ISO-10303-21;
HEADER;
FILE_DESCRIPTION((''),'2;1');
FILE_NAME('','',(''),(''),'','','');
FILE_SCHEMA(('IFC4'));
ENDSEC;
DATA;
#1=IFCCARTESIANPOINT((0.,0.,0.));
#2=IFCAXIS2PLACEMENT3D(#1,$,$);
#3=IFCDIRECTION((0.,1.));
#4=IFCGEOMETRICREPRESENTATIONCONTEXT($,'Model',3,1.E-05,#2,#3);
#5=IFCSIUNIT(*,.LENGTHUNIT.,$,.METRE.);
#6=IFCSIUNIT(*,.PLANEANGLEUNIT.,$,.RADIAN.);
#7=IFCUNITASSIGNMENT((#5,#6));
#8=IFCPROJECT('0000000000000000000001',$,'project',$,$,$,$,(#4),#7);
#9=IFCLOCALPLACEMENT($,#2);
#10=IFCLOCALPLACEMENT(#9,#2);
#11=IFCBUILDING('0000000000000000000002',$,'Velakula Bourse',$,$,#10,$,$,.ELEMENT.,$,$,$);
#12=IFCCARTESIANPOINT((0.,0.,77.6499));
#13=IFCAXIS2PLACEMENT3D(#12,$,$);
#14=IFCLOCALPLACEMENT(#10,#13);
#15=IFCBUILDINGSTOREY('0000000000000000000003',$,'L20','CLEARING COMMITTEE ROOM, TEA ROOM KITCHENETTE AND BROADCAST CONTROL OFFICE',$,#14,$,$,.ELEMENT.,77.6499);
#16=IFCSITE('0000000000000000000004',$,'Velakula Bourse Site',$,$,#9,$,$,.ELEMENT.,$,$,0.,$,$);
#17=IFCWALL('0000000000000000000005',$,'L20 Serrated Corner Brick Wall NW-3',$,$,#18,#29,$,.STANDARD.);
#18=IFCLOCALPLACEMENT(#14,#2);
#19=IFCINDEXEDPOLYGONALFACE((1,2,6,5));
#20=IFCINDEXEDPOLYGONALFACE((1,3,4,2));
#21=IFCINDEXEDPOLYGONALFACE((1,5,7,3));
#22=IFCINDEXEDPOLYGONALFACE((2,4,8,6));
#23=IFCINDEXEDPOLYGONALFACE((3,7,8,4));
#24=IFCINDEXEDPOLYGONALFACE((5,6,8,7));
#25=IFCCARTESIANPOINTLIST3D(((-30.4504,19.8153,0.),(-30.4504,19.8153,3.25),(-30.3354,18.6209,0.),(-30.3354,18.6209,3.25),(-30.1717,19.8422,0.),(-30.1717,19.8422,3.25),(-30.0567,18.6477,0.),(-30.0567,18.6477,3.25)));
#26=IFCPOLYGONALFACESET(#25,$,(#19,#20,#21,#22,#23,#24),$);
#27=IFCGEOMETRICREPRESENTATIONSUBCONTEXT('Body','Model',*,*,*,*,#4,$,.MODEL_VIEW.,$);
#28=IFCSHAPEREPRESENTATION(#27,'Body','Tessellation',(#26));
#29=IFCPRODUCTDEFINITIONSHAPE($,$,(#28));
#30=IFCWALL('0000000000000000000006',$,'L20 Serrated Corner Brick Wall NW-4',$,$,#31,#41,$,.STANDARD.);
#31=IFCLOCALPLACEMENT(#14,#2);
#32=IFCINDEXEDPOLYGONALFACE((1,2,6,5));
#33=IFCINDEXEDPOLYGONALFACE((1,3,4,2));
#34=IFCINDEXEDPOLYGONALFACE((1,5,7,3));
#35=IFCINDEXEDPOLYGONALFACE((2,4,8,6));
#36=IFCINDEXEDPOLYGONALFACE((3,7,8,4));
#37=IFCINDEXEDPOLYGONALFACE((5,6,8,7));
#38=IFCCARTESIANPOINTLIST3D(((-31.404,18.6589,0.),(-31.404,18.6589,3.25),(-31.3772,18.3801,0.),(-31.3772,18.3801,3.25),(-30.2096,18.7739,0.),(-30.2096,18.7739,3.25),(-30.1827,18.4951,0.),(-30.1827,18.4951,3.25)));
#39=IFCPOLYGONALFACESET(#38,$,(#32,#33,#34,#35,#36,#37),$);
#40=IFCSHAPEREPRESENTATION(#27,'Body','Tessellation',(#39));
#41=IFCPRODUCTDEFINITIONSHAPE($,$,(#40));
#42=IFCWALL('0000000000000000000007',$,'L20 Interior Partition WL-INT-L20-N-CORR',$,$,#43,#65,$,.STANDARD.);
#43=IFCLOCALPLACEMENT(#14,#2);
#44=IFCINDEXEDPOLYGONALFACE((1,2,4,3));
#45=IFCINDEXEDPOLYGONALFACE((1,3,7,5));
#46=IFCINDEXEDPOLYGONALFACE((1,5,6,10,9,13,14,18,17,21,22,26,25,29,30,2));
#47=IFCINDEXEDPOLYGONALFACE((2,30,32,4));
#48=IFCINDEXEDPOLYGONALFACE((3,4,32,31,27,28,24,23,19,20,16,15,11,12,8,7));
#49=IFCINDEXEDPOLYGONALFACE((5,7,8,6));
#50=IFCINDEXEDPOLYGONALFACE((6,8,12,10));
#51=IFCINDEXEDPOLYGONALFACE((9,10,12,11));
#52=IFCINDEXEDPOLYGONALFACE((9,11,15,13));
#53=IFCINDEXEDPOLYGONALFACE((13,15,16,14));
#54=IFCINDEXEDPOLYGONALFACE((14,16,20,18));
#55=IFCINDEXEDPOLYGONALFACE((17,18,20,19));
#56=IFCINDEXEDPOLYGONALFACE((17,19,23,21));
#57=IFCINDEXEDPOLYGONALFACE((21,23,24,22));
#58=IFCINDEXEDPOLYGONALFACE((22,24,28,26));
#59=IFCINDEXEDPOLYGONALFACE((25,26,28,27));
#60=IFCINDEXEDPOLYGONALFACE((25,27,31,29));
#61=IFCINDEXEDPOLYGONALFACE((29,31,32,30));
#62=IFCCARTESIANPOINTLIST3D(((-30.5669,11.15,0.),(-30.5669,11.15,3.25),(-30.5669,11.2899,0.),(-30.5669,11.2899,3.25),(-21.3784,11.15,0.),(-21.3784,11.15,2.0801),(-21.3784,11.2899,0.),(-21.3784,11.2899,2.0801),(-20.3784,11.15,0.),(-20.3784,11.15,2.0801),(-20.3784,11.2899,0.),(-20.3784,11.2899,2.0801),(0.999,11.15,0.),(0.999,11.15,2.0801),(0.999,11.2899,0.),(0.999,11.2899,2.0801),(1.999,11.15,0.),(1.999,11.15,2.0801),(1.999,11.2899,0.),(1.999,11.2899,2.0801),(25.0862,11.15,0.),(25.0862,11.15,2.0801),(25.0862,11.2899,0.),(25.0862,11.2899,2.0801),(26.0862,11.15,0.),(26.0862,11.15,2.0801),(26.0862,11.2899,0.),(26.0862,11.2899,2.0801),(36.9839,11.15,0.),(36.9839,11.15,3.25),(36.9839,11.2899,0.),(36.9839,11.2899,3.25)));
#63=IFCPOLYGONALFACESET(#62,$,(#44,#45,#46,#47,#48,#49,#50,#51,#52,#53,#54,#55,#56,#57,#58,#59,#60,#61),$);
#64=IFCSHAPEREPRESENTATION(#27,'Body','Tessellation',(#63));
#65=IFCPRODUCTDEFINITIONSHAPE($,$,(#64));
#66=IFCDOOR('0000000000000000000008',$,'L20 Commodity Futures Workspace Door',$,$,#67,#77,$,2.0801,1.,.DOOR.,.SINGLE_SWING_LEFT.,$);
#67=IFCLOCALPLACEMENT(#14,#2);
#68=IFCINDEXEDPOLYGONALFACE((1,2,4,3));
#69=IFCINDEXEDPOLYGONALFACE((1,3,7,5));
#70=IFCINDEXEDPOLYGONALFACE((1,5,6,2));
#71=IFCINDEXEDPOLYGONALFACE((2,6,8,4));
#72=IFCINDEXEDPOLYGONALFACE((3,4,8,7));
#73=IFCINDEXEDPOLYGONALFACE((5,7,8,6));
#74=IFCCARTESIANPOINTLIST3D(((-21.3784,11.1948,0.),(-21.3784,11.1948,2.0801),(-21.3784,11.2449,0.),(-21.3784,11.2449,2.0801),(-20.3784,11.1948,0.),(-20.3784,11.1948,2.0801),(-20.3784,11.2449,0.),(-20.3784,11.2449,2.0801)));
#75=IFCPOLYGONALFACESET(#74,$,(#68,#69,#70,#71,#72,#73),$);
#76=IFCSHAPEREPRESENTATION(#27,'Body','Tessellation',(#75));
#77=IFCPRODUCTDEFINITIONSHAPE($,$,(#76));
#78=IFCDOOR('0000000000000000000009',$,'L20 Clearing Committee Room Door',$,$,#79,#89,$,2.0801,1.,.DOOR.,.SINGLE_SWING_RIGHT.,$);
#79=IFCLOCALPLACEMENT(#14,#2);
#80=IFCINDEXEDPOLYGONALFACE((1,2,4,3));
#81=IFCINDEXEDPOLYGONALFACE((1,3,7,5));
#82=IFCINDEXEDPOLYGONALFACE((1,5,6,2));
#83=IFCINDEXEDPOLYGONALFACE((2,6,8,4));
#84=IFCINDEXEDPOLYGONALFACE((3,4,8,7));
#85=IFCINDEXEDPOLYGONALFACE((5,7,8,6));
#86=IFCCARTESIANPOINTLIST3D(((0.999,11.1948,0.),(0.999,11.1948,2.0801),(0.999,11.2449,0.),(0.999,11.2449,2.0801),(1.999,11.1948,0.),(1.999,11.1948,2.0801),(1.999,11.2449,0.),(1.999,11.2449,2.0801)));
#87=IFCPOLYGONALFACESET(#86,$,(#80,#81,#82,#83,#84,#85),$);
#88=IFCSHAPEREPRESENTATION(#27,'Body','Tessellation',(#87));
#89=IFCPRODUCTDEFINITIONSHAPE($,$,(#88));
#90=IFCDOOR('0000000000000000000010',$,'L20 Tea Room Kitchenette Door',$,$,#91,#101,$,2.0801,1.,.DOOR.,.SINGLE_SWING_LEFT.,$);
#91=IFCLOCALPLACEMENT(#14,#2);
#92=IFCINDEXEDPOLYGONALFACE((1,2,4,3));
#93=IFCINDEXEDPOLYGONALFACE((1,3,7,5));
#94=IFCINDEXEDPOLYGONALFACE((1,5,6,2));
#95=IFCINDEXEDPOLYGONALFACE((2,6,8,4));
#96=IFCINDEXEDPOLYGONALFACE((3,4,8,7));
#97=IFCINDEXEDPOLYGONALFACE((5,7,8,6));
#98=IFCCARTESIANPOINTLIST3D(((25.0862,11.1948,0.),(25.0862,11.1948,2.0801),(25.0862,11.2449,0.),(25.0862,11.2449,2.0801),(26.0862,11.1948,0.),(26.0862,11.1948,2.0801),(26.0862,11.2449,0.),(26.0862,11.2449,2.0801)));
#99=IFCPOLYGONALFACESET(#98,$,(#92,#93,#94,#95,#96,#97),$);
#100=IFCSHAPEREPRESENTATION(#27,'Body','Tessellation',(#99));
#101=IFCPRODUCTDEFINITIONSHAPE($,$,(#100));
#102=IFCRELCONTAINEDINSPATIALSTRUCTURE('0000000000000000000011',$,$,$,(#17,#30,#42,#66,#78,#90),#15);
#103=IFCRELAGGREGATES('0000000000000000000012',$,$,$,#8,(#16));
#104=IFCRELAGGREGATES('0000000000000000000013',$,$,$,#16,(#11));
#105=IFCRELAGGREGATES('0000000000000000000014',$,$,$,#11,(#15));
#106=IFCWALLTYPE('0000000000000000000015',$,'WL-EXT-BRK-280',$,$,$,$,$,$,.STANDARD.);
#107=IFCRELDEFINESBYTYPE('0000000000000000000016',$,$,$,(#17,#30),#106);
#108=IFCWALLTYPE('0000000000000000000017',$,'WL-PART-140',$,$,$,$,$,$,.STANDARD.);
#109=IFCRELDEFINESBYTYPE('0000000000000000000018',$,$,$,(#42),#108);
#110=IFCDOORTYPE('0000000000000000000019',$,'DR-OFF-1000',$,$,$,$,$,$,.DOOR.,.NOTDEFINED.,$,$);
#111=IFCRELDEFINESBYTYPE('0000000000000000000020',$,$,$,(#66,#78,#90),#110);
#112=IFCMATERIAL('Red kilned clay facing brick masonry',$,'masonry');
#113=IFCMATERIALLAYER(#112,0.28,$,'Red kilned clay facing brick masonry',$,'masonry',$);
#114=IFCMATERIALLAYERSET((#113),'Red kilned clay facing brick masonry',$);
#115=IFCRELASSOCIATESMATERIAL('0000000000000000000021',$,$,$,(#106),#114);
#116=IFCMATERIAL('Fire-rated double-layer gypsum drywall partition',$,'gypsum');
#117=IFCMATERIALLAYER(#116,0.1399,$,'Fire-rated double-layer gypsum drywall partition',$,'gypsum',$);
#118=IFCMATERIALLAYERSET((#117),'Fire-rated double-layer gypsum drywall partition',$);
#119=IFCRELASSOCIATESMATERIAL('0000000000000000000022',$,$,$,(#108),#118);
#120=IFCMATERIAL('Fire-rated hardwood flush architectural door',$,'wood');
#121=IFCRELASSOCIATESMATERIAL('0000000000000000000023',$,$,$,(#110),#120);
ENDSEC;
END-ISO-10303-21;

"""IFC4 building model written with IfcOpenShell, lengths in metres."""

from ifc_helpers import new_model, si_unit, direction, frame, frame_2d, origin, place, context, subcontext, project, spatial, rectangle, extrude, material, layer, layer_set, type_object, element, fill, save


model = new_model("IFC4")

# Units and contexts
model_context = context("Model", 3, precision=1e-05, world=origin(), true_north=direction((0.0, 1.0)))
body_context = subcontext(model_context, "Body", "Model", "MODEL_VIEW")
ifc_project = project(units=[si_unit("LENGTHUNIT", "METRE"), si_unit("PLANEANGLEUNIT", "RADIAN")], contexts=[model_context])

# Site, building, storey
site_placement = place(None, origin())
site = spatial("IfcSite", under=ifc_project, at=site_placement, Name="Velakula Bourse Site", CompositionType="ELEMENT", RefElevation=0.0)
building_placement = place(site_placement, origin())
building = spatial("IfcBuilding", under=site, at=building_placement, Name="Velakula Bourse", CompositionType="ELEMENT")
storey_placement = place(building_placement, frame((0.0, 0.0, 77.6499)))
storey = spatial("IfcBuildingStorey", under=building, at=storey_placement, Name="L20", Description="CLEARING COMMITTEE ROOM, TEA ROOM KITCHENETTE AND BROADCAST CONTROL OFFICE", CompositionType="ELEMENT", Elevation=77.6499)

# Shared definitions
ifc_material_1 = material(Name="Red kilned clay facing brick masonry", Category="masonry")
ifc_layer_1 = layer(ifc_material_1, 0.28, Name="Red kilned clay facing brick masonry", Category="masonry")
ifc_layer_set_1 = layer_set([ifc_layer_1], Name="Red kilned clay facing brick masonry")
wall_type_1 = type_object("IfcWallType", Name="WL-EXT-BRK-280", PredefinedType="STANDARD", material=ifc_layer_set_1)

# Walls
for number, where, z_axis, x_axis, name in (
    (1, (-30.311, 19.8289, 0.0), (0.0, 0.0, 1.0), (0.095836, -0.995397, 0.0), "L20 Serrated Corner Brick Wall NW-3"),
    (2, (-30.196, 18.6345, 0.0), (0.0, 0.0, 1.0), (-0.995397, -0.095836, 0.0), "L20 Serrated Corner Brick Wall NW-4"),
):
    element("IfcWall", number, at=place(storey_placement, frame(where, z_axis=z_axis, x_axis=x_axis)), inside=storey, type_object=wall_type_1, Name=name, PredefinedType="STANDARD", context=body_context, shape_type="SweptSolid", body=[
        extrude(rectangle(XDim=1.2, YDim=0.28, at=frame_2d((0.6001, 0.0))), origin(), (0.0, 0.0, 1.0), 3.25),
    ])

# Wall, openings, doors
ifc_material_2 = material(Name="Fire-rated double-layer gypsum drywall partition", Category="gypsum")
ifc_layer_2 = layer(ifc_material_2, 0.1399, Name="Fire-rated double-layer gypsum drywall partition", Category="gypsum")
ifc_layer_set_2 = layer_set([ifc_layer_2], Name="Fire-rated double-layer gypsum drywall partition")
wall_type_2 = type_object("IfcWallType", Name="WL-PART-140", PredefinedType="STANDARD", material=ifc_layer_set_2)
wall_1_placement = place(storey_placement, frame((-30.5669, 11.22, 0.0), z_axis=(0.0, 0.0, 1.0), x_axis=(1.0, 0.0, 0.0)))
wall_1 = element("IfcWall", 3, at=wall_1_placement, inside=storey, type_object=wall_type_2, Name="L20 Interior Partition WL-INT-L20-N-CORR", PredefinedType="STANDARD", context=body_context, shape_type="SweptSolid", body=[
    extrude(rectangle(XDim=67.5508, YDim=0.1399, at=frame_2d((33.7754, 0.0))), origin(), (0.0, 0.0, 1.0), 3.25),
])
opening_1_placement = place(wall_1_placement, frame((9.1885, 0.0, 0.0)))
opening_1 = element("IfcOpeningElement", 4, at=opening_1_placement, cuts=wall_1, PredefinedType="OPENING", context=body_context, shape_type="SweptSolid", body=[
    extrude(rectangle(XDim=1.0, YDim=2.0801, at=frame_2d((0.5, 1.04))), frame((0.0, 0.0798, 0.0), z_axis=(0.0, -1.0, 0.0), x_axis=(1.0, 0.0, 0.0)), (0.0, 0.0, 1.0), 0.1599),
])
opening_2_placement = place(wall_1_placement, frame((31.5659, 0.0, 0.0)))
opening_2 = element("IfcOpeningElement", 5, at=opening_2_placement, cuts=wall_1, PredefinedType="OPENING", context=body_context, shape_type="SweptSolid", body=[
    extrude(rectangle(XDim=1.0, YDim=2.0801, at=frame_2d((0.5, 1.04))), frame((0.0, 0.0798, 0.0), z_axis=(0.0, -1.0, 0.0), x_axis=(1.0, 0.0, 0.0)), (0.0, 0.0, 1.0), 0.1599),
])
opening_3_placement = place(wall_1_placement, frame((55.6531, 0.0, 0.0)))
opening_3 = element("IfcOpeningElement", 6, at=opening_3_placement, cuts=wall_1, PredefinedType="OPENING", context=body_context, shape_type="SweptSolid", body=[
    extrude(rectangle(XDim=1.0, YDim=2.0801, at=frame_2d((0.5, 1.04))), frame((0.0, 0.0798, 0.0), z_axis=(0.0, -1.0, 0.0), x_axis=(1.0, 0.0, 0.0)), (0.0, 0.0, 1.0), 0.1599),
])
ifc_material_3 = material(Name="Fire-rated hardwood flush architectural door", Category="wood")
door_type = type_object("IfcDoorType", Name="DR-OFF-1000", OperationType="NOTDEFINED", PredefinedType="DOOR", material=ifc_material_3)
door_1_placement = place(opening_1_placement, origin())
door_1 = element("IfcDoor", 7, at=door_1_placement, inside=storey, type_object=door_type, Name="L20 Commodity Futures Workspace Door", OperationType="SINGLE_SWING_LEFT", OverallHeight=2.0801, OverallWidth=1.0, PredefinedType="DOOR", context=body_context, shape_type="SweptSolid", body=[
    extrude(rectangle(XDim=1.0, YDim=2.0801, at=frame_2d((0.5, 1.04))), frame((0.0, 0.0249, 0.0), z_axis=(0.0, -1.0, 0.0), x_axis=(1.0, 0.0, 0.0)), (0.0, 0.0, 1.0), 0.05),
])
fill(opening_1, door_1)
door_2_placement = place(opening_2_placement, origin())
door_2 = element("IfcDoor", 8, at=door_2_placement, inside=storey, type_object=door_type, Name="L20 Clearing Committee Room Door", OperationType="SINGLE_SWING_RIGHT", OverallHeight=2.0801, OverallWidth=1.0, PredefinedType="DOOR", context=body_context, shape_type="SweptSolid", body=[
    extrude(rectangle(XDim=1.0, YDim=2.0801, at=frame_2d((0.5, 1.04))), frame((0.0, 0.0249, 0.0), z_axis=(0.0, -1.0, 0.0), x_axis=(1.0, 0.0, 0.0)), (0.0, 0.0, 1.0), 0.05),
])
fill(opening_2, door_2)
door_3_placement = place(opening_3_placement, origin())
door_3 = element("IfcDoor", 9, at=door_3_placement, inside=storey, type_object=door_type, Name="L20 Tea Room Kitchenette Door", OperationType="SINGLE_SWING_LEFT", OverallHeight=2.0801, OverallWidth=1.0, PredefinedType="DOOR", context=body_context, shape_type="SweptSolid", body=[
    extrude(rectangle(XDim=1.0, YDim=2.0801, at=frame_2d((0.5, 1.04))), frame((0.0, 0.0249, 0.0), z_axis=(0.0, -1.0, 0.0), x_axis=(1.0, 0.0, 0.0)), (0.0, 0.0, 1.0), 0.05),
])
fill(opening_3, door_3)

save(model, "model.ifc")
